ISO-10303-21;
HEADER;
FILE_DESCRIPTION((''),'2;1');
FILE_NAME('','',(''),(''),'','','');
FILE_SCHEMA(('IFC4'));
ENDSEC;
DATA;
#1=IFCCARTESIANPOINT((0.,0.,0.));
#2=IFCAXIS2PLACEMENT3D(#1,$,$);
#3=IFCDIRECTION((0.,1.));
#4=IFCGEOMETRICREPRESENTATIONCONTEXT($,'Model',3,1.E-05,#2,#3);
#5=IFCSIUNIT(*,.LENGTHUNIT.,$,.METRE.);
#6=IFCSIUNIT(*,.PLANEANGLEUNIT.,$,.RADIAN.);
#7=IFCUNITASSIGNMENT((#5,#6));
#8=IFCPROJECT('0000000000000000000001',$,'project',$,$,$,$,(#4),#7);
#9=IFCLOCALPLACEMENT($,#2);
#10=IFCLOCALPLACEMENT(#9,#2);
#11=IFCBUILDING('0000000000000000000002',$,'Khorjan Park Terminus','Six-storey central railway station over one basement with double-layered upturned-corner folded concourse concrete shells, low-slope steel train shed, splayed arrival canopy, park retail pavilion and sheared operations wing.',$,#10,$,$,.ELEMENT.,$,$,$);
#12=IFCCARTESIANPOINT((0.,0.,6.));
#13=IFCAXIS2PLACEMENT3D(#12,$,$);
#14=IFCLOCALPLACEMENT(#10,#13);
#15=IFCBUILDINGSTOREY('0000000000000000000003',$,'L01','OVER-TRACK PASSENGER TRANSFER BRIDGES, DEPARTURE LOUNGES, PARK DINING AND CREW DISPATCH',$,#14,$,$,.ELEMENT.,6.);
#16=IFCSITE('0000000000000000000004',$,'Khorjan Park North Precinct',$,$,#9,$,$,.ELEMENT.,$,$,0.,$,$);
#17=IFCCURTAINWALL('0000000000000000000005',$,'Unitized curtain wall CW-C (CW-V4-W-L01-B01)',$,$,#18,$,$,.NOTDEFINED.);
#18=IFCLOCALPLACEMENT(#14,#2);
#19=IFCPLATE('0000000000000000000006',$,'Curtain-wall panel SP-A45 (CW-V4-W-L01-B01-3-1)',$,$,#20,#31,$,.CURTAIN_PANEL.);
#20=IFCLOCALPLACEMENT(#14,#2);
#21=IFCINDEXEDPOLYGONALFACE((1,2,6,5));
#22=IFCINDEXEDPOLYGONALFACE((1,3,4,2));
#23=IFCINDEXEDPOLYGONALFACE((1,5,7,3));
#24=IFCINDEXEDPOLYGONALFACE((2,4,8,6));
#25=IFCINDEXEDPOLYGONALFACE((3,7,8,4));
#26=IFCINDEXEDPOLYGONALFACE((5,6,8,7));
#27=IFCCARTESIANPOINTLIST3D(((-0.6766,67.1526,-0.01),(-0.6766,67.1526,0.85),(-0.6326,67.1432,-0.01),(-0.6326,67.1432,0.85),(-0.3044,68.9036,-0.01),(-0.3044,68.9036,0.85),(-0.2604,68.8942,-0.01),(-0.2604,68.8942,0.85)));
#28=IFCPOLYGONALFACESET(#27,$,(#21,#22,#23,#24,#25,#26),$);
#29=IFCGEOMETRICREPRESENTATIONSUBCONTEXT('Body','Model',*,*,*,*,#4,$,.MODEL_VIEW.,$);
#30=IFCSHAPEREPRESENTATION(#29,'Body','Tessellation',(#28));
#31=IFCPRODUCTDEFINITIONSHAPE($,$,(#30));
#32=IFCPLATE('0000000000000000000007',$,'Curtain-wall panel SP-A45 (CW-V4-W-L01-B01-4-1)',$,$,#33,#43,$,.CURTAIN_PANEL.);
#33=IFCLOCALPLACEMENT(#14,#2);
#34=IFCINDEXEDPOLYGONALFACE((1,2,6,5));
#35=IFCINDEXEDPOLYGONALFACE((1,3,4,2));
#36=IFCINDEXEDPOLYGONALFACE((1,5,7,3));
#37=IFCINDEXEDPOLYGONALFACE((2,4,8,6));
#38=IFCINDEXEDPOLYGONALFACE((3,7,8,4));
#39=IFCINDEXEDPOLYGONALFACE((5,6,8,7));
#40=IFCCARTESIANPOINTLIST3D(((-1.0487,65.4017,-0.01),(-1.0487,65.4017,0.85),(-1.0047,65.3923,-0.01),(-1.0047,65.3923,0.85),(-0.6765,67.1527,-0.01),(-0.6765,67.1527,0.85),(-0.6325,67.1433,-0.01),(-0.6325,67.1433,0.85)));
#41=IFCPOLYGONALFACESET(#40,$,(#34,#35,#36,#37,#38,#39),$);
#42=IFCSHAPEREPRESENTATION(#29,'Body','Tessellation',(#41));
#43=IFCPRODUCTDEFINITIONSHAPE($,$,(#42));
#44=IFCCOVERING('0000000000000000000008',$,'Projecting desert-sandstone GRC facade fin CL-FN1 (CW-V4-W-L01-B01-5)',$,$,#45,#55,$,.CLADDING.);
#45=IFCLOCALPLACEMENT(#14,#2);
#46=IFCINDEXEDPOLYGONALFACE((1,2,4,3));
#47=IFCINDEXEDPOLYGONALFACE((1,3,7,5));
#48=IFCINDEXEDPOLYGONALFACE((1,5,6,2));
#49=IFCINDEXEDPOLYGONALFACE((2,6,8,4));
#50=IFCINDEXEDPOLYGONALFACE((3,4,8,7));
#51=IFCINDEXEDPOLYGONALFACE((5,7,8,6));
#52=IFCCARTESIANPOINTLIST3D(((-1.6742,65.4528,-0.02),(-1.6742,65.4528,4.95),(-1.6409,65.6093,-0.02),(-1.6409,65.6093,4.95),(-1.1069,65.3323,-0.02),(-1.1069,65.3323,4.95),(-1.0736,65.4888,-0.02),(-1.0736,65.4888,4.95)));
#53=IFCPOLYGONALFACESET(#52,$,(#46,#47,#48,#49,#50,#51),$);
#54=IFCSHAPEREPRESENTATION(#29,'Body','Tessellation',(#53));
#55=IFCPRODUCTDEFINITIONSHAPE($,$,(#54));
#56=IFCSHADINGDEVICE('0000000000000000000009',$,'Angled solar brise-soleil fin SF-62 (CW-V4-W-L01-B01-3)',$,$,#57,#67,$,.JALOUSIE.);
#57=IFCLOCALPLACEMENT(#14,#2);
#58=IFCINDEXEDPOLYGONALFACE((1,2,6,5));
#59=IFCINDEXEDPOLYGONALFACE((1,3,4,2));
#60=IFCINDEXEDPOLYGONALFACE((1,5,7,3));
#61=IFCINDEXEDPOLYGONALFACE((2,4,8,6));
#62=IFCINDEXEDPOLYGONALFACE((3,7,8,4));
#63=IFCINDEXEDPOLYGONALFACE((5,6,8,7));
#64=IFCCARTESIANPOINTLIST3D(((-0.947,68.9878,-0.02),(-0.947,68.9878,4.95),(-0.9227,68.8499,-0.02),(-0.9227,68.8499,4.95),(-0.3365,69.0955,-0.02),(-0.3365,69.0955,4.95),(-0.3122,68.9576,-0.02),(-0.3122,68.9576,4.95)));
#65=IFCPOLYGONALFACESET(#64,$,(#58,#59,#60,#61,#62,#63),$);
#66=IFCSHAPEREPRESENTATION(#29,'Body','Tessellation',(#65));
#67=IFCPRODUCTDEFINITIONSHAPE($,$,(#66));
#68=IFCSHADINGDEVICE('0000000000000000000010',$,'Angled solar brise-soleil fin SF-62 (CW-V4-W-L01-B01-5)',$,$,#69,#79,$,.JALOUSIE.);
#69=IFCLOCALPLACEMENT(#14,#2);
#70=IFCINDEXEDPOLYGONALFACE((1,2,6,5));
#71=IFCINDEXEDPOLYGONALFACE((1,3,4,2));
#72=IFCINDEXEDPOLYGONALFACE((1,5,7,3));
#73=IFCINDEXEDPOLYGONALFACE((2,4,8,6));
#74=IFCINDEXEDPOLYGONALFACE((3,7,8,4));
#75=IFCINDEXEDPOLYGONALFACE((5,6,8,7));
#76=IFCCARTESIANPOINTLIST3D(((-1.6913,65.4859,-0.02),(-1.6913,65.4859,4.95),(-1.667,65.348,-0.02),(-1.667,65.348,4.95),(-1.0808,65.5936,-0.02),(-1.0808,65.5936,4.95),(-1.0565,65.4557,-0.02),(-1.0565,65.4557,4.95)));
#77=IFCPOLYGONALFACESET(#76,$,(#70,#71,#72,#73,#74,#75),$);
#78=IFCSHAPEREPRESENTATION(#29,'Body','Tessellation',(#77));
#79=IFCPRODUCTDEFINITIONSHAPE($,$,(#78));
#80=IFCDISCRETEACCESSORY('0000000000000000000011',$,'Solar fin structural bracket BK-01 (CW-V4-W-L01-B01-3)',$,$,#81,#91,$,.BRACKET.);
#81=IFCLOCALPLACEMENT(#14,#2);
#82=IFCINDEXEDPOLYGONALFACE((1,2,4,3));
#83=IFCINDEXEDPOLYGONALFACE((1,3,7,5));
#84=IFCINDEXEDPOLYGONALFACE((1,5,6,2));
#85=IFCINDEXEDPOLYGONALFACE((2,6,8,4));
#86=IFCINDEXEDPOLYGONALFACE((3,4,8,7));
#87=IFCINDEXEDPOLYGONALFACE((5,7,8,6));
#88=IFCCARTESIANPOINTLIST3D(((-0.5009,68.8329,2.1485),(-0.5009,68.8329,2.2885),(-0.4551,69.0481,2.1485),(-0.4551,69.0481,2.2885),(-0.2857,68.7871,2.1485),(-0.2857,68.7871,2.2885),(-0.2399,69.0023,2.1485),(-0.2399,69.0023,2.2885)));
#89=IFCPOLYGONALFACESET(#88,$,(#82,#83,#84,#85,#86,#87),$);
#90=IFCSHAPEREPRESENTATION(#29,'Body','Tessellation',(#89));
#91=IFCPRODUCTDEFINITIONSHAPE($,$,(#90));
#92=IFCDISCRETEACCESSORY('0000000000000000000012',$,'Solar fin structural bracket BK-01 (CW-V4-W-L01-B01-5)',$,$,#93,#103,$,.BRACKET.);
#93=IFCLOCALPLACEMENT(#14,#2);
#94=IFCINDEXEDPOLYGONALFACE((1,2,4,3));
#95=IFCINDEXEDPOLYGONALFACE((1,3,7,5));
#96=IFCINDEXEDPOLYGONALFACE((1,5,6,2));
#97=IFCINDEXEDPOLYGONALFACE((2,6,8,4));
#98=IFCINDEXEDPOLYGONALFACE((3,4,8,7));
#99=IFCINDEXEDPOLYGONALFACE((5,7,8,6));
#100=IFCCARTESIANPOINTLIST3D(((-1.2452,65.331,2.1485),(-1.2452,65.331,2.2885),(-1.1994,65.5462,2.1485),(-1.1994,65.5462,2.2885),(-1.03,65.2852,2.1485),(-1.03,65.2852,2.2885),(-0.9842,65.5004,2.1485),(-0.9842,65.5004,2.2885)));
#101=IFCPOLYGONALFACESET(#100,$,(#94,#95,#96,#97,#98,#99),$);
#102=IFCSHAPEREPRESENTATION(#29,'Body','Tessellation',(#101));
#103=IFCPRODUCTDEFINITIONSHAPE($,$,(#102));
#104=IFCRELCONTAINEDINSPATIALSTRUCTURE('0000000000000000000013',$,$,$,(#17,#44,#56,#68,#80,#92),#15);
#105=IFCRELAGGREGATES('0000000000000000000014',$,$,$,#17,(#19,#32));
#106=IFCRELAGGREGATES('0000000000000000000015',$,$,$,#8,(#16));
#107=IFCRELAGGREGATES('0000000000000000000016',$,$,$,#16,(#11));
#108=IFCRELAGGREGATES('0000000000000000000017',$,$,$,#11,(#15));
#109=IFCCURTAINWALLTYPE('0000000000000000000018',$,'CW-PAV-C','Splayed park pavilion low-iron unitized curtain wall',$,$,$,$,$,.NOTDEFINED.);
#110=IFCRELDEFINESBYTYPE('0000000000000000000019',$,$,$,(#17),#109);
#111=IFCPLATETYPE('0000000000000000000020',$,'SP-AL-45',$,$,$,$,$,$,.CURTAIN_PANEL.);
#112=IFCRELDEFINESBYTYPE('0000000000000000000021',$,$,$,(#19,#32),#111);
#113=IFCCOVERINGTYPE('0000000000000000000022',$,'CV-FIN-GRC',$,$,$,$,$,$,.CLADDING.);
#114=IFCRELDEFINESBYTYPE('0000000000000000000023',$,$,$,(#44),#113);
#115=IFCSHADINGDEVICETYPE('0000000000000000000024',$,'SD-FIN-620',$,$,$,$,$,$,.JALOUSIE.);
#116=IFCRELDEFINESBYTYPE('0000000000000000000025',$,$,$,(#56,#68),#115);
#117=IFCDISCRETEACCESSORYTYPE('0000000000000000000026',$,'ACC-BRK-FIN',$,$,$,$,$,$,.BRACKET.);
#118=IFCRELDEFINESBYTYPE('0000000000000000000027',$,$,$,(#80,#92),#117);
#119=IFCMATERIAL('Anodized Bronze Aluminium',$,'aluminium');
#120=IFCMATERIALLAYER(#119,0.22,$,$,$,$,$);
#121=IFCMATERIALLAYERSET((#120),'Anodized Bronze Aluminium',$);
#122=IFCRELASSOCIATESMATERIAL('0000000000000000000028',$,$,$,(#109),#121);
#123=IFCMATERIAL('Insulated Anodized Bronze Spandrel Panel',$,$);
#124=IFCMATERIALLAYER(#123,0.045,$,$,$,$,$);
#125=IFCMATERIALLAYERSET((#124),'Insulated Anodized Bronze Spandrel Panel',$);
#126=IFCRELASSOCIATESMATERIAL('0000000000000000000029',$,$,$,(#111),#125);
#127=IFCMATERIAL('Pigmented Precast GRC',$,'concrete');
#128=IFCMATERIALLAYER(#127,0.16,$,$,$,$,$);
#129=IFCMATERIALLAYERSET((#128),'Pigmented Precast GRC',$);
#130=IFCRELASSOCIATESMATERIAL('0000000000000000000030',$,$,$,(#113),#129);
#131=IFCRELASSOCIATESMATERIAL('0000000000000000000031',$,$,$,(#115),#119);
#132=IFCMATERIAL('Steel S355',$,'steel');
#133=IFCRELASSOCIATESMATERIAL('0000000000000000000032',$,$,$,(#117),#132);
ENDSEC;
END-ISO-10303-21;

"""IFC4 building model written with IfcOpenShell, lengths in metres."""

from ifc_helpers import new_model, si_unit, direction, frame, origin, origin_2d, place, context, subcontext, project, spatial, rectangle, extrude, material, layer, layer_set, type_object, element, aggregate, save


model = new_model("IFC4")

# Units and contexts
model_context = context("Model", 3, precision=1e-05, world=origin(), true_north=direction((0.0, 1.0)))
body_context = subcontext(model_context, "Body", "Model", "MODEL_VIEW")
ifc_project = project(units=[si_unit("LENGTHUNIT", "METRE"), si_unit("PLANEANGLEUNIT", "RADIAN")], contexts=[model_context])

# Site, building, storey
site_placement = place(None, origin())
site = spatial("IfcSite", under=ifc_project, at=site_placement, Name="Khorjan Park North Precinct", CompositionType="ELEMENT", RefElevation=0.0)
building_placement = place(site_placement, origin())
building = spatial("IfcBuilding", under=site, at=building_placement, Name="Khorjan Park Terminus", Description="Six-storey central railway station over one basement with double-layered upturned-corner folded concourse concrete shells, low-slope steel train shed, splayed arrival canopy, park retail pavilion and sheared operations wing.", CompositionType="ELEMENT")
storey_placement = place(building_placement, frame((0.0, 0.0, 6.0)))
storey = spatial("IfcBuildingStorey", under=building, at=storey_placement, Name="L01", Description="OVER-TRACK PASSENGER TRANSFER BRIDGES, DEPARTURE LOUNGES, PARK DINING AND CREW DISPATCH", CompositionType="ELEMENT", Elevation=6.0)

# Shared definitions
ifc_material_1 = material(Name="Steel S355", Category="steel")

# Curtain wall, plates
ifc_material_2 = material(Name="Anodized Bronze Aluminium", Category="aluminium")
ifc_layer_1 = layer(ifc_material_2, 0.22)
ifc_layer_set_1 = layer_set([ifc_layer_1], Name="Anodized Bronze Aluminium")
curtain_wall_type = type_object("IfcCurtainWallType", Name="CW-PAV-C", Description="Splayed park pavilion low-iron unitized curtain wall", PredefinedType="NOTDEFINED", material=ifc_layer_set_1)
curtain_wall_placement = place(storey_placement, origin())
curtain_wall = element("IfcCurtainWall", 1, at=curtain_wall_placement, inside=storey, type_object=curtain_wall_type, Name="Unitized curtain wall CW-C (CW-V4-W-L01-B01)", PredefinedType="NOTDEFINED")
ifc_material_3 = material(Name="Insulated Anodized Bronze Spandrel Panel")
ifc_layer_2 = layer(ifc_material_3, 0.045)
ifc_layer_set_2 = layer_set([ifc_layer_2], Name="Insulated Anodized Bronze Spandrel Panel")
plate_type_1 = type_object("IfcPlateType", Name="SP-AL-45", PredefinedType="CURTAIN_PANEL", material=ifc_layer_set_2)
plate_1_placement = place(storey_placement, frame((-0.4685, 68.0234, -0.01), z_axis=(0.0, 0.0, 1.0), x_axis=(-0.207907, -0.978149, 0.0)))
plate_1 = element("IfcPlate", 2, at=plate_1_placement, type_object=plate_type_1, Name="Curtain-wall panel SP-A45 (CW-V4-W-L01-B01-3-1)", PredefinedType="CURTAIN_PANEL", context=body_context, shape_type="SweptSolid", body=[
    extrude(rectangle(XDim=1.7901, YDim=0.045, at=origin_2d()), origin(), (0.0, 0.0, 1.0), 0.86),
])
plate_2_placement = place(storey_placement, frame((-0.8406, 66.2725, -0.01), z_axis=(0.0, 0.0, 1.0), x_axis=(-0.207907, -0.978149, 0.0)))
plate_2 = element("IfcPlate", 3, at=plate_2_placement, type_object=plate_type_1, Name="Curtain-wall panel SP-A45 (CW-V4-W-L01-B01-4-1)", PredefinedType="CURTAIN_PANEL", context=body_context, shape_type="SweptSolid", body=[
    extrude(rectangle(XDim=1.7901, YDim=0.045, at=origin_2d()), origin(), (0.0, 0.0, 1.0), 0.86),
])
aggregate(curtain_wall, [plate_1, plate_2])

# Covering
ifc_material_4 = material(Name="Pigmented Precast GRC", Category="concrete")
ifc_layer_3 = layer(ifc_material_4, 0.16)
ifc_layer_set_3 = layer_set([ifc_layer_3], Name="Pigmented Precast GRC")
covering_type = type_object("IfcCoveringType", Name="CV-FIN-GRC", PredefinedType="CLADDING", material=ifc_layer_set_3)
covering_placement = place(storey_placement, frame((-1.3739, 65.4708, -0.02), z_axis=(0.0, 0.0, 1.0), x_axis=(0.978148, -0.207912, 0.0)))
element("IfcCovering", 4, at=covering_placement, inside=storey, type_object=covering_type, Name="Projecting desert-sandstone GRC facade fin CL-FN1 (CW-V4-W-L01-B01-5)", PredefinedType="CLADDING", context=body_context, shape_type="SweptSolid", body=[
    extrude(rectangle(XDim=0.58, YDim=0.16, at=origin_2d()), origin(), (0.0, 0.0, 1.0), 4.97),
])

# Shading devices
shading_device_type = type_object("IfcShadingDeviceType", Name="SD-FIN-620", PredefinedType="JALOUSIE", material=ifc_material_2)
for number, where, z_axis, x_axis, name in (
    (5, (-0.6296, 68.9727, -0.02), (0.0, 0.0, 1.0), (0.984808, 0.173648, 0.0), "Angled solar brise-soleil fin SF-62 (CW-V4-W-L01-B01-3)"),
    (6, (-1.3739, 65.4708, -0.02), (0.0, 0.0, 1.0), (0.984808, 0.173648, 0.0), "Angled solar brise-soleil fin SF-62 (CW-V4-W-L01-B01-5)"),
):
    element("IfcShadingDevice", number, at=place(storey_placement, frame(where, z_axis=z_axis, x_axis=x_axis)), inside=storey, type_object=shading_device_type, Name=name, PredefinedType="JALOUSIE", context=body_context, shape_type="SweptSolid", body=[
        extrude(rectangle(XDim=0.62, YDim=0.14, at=origin_2d()), origin(), (0.0, 0.0, 1.0), 4.97),
    ])

# Discrete accessories
discrete_accessory_type = type_object("IfcDiscreteAccessoryType", Name="ACC-BRK-FIN", PredefinedType="BRACKET", material=ifc_material_1)
for number, where, z_axis, x_axis, name in (
    (7, (-0.3704, 68.9176, 2.1485), (0.0, 0.0, 1.0), (-0.207907, -0.978149, 0.0), "Solar fin structural bracket BK-01 (CW-V4-W-L01-B01-3)"),
    (8, (-1.1147, 65.4157, 2.1485), (0.0, 0.0, 1.0), (-0.207907, -0.978149, 0.0), "Solar fin structural bracket BK-01 (CW-V4-W-L01-B01-5)"),
):
    element("IfcDiscreteAccessory", number, at=place(storey_placement, frame(where, z_axis=z_axis, x_axis=x_axis)), inside=storey, type_object=discrete_accessory_type, Name=name, PredefinedType="BRACKET", context=body_context, shape_type="SweptSolid", body=[
        extrude(rectangle(XDim=0.22, YDim=0.22, at=origin_2d()), origin(), (0.0, 0.0, 1.0), 0.14),
    ])

save(model, "model.ifc")
